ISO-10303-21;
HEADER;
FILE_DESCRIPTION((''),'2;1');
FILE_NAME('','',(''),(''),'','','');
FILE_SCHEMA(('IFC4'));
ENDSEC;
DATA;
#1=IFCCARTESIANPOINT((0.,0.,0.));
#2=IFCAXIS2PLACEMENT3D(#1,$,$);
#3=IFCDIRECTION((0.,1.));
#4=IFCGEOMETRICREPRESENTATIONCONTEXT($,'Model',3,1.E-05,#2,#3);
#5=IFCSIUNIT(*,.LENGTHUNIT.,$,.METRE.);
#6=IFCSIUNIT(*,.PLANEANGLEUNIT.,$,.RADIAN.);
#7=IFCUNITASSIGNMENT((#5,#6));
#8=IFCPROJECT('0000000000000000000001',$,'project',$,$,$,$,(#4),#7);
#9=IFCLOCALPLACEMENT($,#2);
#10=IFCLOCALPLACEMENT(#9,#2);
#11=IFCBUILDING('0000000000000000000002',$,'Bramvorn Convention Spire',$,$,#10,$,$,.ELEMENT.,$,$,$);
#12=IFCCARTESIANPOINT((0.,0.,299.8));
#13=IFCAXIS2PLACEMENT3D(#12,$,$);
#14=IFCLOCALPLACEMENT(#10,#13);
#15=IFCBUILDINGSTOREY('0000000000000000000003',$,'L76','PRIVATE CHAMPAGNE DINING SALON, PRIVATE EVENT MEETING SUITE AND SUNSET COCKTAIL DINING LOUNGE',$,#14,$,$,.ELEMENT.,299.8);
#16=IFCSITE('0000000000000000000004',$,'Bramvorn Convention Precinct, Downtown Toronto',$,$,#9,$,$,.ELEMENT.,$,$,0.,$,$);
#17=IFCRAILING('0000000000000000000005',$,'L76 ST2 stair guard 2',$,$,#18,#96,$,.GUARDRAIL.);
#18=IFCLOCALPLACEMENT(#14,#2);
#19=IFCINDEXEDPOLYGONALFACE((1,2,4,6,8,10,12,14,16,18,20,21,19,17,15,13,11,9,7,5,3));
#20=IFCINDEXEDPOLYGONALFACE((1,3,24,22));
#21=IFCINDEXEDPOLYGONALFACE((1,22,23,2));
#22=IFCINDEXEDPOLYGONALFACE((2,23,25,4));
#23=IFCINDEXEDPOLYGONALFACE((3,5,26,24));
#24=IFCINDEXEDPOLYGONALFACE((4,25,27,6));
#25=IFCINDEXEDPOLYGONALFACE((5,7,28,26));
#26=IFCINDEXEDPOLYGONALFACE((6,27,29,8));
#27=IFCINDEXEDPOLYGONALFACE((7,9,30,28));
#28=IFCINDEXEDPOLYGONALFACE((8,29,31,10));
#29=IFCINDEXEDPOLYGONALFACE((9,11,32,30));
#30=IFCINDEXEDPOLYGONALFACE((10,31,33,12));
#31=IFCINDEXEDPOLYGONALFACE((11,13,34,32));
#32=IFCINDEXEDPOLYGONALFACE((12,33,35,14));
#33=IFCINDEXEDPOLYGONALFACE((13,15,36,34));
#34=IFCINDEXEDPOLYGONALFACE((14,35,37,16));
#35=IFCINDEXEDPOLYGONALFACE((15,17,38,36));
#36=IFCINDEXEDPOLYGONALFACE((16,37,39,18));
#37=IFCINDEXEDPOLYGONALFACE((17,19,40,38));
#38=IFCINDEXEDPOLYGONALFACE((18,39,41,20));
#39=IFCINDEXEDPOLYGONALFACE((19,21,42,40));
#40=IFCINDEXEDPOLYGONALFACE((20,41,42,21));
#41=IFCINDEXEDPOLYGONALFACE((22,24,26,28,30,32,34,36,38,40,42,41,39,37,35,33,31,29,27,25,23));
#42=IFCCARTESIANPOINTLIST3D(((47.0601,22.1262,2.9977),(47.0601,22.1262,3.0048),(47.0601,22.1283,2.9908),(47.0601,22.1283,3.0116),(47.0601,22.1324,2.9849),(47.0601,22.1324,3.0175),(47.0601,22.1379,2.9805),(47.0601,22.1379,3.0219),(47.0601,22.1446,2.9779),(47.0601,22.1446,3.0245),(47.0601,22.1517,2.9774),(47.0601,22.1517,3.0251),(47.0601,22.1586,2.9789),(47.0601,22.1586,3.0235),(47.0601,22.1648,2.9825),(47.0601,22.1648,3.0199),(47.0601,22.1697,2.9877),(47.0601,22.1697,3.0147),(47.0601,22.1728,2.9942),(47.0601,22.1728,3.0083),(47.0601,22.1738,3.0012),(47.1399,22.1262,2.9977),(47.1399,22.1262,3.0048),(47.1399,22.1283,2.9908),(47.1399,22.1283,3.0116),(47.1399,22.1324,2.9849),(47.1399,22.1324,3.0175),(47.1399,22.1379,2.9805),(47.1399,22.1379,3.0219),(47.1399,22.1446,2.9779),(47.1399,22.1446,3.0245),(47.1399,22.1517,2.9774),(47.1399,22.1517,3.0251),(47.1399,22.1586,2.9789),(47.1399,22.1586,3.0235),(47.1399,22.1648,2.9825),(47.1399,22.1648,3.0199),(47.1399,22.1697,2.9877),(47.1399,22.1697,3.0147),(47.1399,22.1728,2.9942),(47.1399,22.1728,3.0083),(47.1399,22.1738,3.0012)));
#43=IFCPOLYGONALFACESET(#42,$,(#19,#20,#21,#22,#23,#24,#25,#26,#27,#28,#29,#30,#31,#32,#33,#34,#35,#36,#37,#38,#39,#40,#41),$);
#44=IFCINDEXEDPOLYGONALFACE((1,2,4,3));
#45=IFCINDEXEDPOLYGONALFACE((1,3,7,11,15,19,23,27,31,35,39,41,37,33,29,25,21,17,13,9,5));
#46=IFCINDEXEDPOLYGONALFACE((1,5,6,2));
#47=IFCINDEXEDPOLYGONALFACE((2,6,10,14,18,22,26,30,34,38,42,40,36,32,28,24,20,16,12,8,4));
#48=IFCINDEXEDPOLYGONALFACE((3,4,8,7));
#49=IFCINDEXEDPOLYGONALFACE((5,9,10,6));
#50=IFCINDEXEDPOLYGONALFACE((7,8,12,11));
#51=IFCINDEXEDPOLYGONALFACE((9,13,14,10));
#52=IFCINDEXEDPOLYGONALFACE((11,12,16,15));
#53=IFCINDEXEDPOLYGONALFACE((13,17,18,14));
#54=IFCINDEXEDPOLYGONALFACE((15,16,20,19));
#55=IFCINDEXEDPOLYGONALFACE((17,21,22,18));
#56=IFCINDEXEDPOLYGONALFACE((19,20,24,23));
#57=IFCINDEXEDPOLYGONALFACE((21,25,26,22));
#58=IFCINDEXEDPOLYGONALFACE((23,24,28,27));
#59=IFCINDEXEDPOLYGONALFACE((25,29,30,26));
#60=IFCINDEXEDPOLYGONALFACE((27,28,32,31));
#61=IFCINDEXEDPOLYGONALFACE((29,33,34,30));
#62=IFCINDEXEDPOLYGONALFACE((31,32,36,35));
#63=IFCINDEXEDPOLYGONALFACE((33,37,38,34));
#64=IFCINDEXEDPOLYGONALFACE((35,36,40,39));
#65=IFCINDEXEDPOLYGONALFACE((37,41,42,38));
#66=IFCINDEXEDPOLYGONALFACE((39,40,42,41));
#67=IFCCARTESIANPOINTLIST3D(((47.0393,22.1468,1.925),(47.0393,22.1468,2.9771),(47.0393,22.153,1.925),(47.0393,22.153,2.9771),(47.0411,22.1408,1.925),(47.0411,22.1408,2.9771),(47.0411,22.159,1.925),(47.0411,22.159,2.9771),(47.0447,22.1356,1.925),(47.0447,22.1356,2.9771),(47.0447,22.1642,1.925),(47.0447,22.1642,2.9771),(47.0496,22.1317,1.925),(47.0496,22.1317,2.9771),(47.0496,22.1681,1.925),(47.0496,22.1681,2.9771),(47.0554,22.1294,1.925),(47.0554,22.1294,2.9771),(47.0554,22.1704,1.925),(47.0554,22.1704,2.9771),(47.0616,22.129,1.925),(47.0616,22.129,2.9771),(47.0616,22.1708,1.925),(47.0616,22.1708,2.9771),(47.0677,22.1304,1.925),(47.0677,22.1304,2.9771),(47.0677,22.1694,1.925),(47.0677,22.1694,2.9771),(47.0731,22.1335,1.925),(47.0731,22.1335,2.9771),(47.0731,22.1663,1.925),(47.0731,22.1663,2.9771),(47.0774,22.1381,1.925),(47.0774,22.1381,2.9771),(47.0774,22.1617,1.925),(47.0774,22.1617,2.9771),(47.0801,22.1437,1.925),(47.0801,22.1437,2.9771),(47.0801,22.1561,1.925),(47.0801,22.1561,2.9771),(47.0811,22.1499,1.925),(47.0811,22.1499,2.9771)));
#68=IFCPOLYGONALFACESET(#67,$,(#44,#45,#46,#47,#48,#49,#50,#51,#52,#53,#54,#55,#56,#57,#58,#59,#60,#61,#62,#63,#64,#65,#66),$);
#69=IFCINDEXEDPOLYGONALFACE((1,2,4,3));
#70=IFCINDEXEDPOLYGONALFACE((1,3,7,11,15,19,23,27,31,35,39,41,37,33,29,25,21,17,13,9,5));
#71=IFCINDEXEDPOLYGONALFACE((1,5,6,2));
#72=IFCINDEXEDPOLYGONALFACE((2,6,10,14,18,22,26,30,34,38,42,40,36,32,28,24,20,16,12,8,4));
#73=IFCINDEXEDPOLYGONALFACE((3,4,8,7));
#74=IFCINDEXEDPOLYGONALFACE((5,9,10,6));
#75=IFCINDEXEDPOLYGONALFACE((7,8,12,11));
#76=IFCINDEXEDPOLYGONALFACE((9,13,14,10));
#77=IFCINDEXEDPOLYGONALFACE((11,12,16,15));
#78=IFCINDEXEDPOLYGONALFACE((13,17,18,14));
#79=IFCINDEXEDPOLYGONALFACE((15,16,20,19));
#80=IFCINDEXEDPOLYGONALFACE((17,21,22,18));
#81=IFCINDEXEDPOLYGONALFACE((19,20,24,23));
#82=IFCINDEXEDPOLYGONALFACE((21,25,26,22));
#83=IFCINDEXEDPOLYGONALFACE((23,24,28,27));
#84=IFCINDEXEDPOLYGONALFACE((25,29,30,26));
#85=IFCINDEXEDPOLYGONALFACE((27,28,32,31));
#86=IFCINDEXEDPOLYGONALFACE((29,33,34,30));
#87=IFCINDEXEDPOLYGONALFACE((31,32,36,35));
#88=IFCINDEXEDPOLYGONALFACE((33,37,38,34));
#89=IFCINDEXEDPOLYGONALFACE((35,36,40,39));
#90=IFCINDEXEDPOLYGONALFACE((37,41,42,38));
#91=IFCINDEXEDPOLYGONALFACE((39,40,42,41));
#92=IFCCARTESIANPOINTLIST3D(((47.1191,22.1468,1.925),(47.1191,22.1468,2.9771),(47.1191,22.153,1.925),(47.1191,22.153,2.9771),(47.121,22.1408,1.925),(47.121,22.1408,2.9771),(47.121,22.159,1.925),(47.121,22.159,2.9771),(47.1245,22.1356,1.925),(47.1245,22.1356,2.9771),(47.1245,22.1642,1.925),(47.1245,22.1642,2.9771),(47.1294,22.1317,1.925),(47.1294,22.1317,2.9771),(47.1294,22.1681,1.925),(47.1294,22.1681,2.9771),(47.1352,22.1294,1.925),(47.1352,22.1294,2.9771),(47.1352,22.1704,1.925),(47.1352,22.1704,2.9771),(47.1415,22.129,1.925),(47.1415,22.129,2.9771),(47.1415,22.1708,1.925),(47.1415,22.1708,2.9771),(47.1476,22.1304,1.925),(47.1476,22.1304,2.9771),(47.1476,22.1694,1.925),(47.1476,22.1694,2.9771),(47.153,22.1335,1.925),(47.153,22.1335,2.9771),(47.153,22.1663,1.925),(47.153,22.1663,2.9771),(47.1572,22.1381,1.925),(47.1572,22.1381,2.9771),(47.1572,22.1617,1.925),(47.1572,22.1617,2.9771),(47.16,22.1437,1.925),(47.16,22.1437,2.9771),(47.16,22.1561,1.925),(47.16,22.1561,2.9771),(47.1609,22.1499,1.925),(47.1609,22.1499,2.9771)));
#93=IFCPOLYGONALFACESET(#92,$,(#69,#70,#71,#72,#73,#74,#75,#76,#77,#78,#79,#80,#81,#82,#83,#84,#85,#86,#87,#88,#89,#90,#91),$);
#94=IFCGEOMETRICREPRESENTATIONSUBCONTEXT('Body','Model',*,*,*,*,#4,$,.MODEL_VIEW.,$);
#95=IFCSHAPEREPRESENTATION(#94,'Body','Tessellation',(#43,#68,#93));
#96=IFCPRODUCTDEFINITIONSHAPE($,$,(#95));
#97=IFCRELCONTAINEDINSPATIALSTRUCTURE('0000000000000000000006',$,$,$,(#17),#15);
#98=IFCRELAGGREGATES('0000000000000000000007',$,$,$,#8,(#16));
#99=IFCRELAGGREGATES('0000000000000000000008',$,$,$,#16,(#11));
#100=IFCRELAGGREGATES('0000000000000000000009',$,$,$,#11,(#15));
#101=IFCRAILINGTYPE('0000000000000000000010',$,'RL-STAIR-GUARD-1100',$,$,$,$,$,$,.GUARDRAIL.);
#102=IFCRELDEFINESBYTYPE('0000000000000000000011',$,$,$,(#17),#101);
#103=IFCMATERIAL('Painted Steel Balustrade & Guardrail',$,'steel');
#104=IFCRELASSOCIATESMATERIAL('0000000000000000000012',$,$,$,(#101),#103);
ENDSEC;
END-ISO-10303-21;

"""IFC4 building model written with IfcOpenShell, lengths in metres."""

from ifc_helpers import new_model, si_unit, direction, frame, origin, origin_2d, place, context, subcontext, project, spatial, circle, extrude, material, type_object, element, save


model = new_model("IFC4")

# Units and contexts
model_context = context("Model", 3, precision=1e-05, world=origin(), true_north=direction((0.0, 1.0)))
body_context = subcontext(model_context, "Body", "Model", "MODEL_VIEW")
ifc_project = project(units=[si_unit("LENGTHUNIT", "METRE"), si_unit("PLANEANGLEUNIT", "RADIAN")], contexts=[model_context])

# Site, building, storey
site_placement = place(None, origin())
site = spatial("IfcSite", under=ifc_project, at=site_placement, Name="Bramvorn Convention Precinct, Downtown Toronto", CompositionType="ELEMENT", RefElevation=0.0)
building_placement = place(site_placement, origin())
building = spatial("IfcBuilding", under=site, at=building_placement, Name="Bramvorn Convention Spire", CompositionType="ELEMENT")
storey_placement = place(building_placement, frame((0.0, 0.0, 299.8)))
storey = spatial("IfcBuildingStorey", under=building, at=storey_placement, Name="L76", Description="PRIVATE CHAMPAGNE DINING SALON, PRIVATE EVENT MEETING SUITE AND SUNSET COCKTAIL DINING LOUNGE", CompositionType="ELEMENT", Elevation=299.8)

# Railing
ifc_material_1 = material(Name="Painted Steel Balustrade & Guardrail", Category="steel")
railing_type = type_object("IfcRailingType", Name="RL-STAIR-GUARD-1100", PredefinedType="GUARDRAIL", material=ifc_material_1)
railing_1_placement = place(storey_placement, frame((47.0601, 22.1499, 1.925)))
element("IfcRailing", 1, at=railing_1_placement, inside=storey, type_object=railing_type, Name="L76 ST2 stair guard 2", PredefinedType="GUARDRAIL", context=body_context, shape_type="SweptSolid", body=[
    extrude(circle(Radius=0.0239, at=origin_2d()), frame((0.0, 0.0, 1.0762), z_axis=(1.0, 0.0, 0.0), x_axis=(0.0, 1.0, 0.0)), (0.0, 0.0, 1.0), 0.0798),
    extrude(circle(Radius=0.021, at=origin_2d()), origin(), (0.0, 0.0, 1.0), 1.052),
    extrude(circle(Radius=0.021, at=origin_2d()), frame((0.0798, 0.0, 0.0)), (0.0, 0.0, 1.0), 1.052),
])

save(model, "model.ifc")
